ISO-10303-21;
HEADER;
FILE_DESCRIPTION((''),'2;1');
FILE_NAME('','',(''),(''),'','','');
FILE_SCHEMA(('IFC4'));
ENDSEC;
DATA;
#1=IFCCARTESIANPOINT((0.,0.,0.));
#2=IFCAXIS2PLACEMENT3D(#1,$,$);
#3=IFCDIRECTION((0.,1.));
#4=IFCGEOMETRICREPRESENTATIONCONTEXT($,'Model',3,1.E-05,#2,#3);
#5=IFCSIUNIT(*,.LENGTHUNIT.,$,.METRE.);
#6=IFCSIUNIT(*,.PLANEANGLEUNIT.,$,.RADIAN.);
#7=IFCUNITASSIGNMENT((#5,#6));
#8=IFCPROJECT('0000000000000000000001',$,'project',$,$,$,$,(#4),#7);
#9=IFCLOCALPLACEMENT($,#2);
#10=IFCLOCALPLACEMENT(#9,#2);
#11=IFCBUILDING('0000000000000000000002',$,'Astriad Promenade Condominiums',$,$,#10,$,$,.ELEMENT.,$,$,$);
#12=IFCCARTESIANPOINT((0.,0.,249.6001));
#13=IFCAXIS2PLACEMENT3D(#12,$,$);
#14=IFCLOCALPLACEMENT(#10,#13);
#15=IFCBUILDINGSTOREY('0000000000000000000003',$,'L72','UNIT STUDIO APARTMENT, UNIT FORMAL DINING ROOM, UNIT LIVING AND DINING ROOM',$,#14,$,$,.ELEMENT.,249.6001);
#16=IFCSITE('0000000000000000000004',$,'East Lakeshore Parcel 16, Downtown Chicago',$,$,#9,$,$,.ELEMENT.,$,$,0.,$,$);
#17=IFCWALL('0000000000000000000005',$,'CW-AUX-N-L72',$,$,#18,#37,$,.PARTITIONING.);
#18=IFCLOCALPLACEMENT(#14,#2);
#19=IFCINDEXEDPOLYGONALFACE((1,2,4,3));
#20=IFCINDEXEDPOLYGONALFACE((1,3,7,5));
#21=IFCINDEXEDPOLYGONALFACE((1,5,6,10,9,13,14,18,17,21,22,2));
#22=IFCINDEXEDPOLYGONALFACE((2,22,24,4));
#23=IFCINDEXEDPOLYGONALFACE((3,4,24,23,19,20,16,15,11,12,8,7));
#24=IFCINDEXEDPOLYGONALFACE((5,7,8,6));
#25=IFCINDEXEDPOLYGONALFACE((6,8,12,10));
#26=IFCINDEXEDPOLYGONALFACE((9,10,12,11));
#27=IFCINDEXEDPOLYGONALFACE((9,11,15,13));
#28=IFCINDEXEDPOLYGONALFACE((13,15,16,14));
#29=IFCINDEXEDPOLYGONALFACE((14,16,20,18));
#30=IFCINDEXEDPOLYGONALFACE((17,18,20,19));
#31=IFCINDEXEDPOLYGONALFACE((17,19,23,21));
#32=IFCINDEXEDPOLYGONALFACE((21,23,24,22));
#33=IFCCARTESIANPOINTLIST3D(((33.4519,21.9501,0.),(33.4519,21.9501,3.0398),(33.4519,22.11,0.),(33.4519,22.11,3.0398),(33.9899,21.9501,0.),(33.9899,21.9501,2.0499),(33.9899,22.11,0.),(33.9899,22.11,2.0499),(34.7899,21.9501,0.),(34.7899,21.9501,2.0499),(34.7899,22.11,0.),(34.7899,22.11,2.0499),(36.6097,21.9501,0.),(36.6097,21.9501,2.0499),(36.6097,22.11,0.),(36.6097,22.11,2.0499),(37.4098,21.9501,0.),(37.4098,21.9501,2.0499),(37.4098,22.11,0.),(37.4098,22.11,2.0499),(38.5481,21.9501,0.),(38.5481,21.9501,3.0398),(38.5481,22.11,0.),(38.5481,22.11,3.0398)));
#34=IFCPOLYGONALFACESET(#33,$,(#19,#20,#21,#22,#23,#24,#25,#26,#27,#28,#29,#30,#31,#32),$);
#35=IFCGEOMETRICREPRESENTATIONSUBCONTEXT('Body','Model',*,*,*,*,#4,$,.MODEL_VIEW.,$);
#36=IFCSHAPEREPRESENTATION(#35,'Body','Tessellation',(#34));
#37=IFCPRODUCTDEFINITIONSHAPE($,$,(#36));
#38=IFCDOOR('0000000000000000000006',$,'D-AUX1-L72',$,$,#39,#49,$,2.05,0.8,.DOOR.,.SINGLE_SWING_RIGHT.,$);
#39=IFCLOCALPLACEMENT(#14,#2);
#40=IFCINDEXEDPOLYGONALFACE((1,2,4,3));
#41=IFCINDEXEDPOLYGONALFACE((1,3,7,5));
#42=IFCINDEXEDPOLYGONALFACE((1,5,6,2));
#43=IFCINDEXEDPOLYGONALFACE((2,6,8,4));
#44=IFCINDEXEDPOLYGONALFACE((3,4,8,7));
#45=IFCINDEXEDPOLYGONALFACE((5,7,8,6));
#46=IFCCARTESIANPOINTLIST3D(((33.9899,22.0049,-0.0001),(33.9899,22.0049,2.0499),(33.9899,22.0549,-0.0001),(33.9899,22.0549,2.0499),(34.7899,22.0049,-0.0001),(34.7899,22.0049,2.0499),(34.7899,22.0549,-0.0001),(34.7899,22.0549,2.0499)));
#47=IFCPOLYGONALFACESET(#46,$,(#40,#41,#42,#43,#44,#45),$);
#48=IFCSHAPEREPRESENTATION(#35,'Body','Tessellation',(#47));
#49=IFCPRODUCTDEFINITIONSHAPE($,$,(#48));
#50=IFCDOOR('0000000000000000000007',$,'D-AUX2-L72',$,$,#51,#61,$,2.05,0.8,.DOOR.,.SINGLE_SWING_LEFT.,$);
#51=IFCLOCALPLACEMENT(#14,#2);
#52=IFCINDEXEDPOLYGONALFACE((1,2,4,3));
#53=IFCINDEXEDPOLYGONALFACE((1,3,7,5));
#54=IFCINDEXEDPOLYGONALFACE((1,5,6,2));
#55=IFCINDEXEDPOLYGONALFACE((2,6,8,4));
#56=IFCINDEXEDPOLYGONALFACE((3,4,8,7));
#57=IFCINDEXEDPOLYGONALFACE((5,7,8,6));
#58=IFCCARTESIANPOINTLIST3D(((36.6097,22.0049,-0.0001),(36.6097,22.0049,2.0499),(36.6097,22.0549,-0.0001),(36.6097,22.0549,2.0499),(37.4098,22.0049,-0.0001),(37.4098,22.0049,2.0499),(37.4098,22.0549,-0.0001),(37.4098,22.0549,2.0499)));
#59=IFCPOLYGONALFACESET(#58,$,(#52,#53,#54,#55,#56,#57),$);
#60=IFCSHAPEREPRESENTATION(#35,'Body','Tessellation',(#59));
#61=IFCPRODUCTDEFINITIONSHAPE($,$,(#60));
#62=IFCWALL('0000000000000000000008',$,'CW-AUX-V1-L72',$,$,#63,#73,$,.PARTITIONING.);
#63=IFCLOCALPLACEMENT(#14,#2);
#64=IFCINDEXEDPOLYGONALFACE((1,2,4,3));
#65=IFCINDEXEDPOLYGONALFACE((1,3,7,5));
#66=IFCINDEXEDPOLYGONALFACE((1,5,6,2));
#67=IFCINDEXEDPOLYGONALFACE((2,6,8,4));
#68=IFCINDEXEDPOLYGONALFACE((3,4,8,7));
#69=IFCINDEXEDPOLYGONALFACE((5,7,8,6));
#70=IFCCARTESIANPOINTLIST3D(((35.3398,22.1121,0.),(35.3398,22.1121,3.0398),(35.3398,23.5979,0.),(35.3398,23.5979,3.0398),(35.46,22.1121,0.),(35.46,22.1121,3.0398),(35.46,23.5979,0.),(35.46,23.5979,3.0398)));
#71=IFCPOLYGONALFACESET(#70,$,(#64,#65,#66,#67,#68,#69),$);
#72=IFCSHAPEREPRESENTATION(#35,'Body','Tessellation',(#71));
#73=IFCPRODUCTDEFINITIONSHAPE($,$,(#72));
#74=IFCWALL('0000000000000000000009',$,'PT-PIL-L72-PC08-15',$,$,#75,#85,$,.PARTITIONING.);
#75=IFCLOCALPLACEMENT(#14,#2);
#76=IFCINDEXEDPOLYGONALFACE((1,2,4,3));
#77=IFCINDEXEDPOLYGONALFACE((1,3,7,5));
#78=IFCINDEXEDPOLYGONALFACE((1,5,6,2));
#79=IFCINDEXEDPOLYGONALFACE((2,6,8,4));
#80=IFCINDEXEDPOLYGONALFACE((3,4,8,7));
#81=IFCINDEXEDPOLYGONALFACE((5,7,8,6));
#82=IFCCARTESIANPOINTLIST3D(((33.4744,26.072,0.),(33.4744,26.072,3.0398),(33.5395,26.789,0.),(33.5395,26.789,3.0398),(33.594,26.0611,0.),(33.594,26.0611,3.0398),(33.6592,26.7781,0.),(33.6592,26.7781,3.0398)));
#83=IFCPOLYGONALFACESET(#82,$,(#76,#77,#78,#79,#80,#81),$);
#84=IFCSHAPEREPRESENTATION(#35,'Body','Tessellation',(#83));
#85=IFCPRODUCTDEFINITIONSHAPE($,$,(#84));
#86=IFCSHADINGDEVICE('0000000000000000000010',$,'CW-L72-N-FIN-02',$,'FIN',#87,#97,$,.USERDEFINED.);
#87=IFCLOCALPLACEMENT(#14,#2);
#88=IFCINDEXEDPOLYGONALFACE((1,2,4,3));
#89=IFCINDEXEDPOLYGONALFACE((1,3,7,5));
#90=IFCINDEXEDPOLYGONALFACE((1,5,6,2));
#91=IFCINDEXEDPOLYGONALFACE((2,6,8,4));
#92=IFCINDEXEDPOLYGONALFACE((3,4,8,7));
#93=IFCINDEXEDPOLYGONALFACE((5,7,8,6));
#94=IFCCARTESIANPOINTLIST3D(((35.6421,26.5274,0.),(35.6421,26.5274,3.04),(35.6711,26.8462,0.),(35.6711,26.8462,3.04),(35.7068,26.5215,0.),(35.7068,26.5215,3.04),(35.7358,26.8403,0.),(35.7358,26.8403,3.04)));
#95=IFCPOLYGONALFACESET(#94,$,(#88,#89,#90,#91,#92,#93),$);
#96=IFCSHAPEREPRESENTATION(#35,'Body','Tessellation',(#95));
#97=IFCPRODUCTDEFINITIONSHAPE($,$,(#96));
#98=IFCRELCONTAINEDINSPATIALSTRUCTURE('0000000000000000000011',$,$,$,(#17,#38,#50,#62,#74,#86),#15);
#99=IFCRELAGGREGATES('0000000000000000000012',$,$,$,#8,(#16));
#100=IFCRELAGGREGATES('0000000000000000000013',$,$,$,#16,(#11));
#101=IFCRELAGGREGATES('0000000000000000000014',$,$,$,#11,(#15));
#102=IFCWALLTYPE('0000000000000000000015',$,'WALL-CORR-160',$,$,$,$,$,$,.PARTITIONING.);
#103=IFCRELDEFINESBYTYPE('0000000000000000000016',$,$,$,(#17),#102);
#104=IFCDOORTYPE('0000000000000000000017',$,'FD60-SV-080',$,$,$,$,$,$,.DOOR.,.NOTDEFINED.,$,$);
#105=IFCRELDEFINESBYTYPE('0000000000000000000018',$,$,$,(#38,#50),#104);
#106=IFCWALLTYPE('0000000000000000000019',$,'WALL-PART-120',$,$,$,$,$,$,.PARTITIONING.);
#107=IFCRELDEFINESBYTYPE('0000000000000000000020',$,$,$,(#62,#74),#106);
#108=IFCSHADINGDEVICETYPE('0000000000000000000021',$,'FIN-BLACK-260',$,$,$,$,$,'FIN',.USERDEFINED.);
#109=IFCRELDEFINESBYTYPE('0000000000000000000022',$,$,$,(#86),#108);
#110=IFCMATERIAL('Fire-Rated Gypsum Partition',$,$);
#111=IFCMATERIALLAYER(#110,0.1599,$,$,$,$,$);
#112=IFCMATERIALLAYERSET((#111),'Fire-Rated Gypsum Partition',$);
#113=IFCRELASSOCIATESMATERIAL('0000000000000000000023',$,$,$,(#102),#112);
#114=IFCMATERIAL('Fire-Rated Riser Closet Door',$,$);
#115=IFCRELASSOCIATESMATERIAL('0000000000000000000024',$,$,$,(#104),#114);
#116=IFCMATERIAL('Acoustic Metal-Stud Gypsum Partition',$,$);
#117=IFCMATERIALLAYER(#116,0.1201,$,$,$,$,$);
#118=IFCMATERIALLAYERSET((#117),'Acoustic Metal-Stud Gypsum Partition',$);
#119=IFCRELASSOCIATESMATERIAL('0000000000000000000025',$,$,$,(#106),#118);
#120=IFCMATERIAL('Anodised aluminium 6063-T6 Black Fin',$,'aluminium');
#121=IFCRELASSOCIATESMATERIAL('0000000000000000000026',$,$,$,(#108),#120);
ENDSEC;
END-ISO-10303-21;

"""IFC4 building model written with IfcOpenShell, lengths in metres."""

from ifc_helpers import new_model, si_unit, direction, frame, frame_2d, origin, origin_2d, place, context, subcontext, project, spatial, rectangle, extrude, source, transform, mapped, material, layer, layer_set, type_object, type_shapes, element, fill, save


model = new_model("IFC4")

# Units and contexts
model_context = context("Model", 3, precision=1e-05, world=origin(), true_north=direction((0.0, 1.0)))
body_context = subcontext(model_context, "Body", "Model", "MODEL_VIEW")
ifc_project = project(units=[si_unit("LENGTHUNIT", "METRE"), si_unit("PLANEANGLEUNIT", "RADIAN")], contexts=[model_context])

# Site, building, storey
site_placement = place(None, origin())
site = spatial("IfcSite", under=ifc_project, at=site_placement, Name="East Lakeshore Parcel 16, Downtown Chicago", CompositionType="ELEMENT", RefElevation=0.0)
building_placement = place(site_placement, origin())
building = spatial("IfcBuilding", under=site, at=building_placement, Name="Astriad Promenade Condominiums", CompositionType="ELEMENT")
storey_placement = place(building_placement, frame((0.0, 0.0, 249.6001)))
storey = spatial("IfcBuildingStorey", under=building, at=storey_placement, Name="L72", Description="UNIT STUDIO APARTMENT, UNIT FORMAL DINING ROOM, UNIT LIVING AND DINING ROOM", CompositionType="ELEMENT", Elevation=249.6001)

# Shared definitions
ifc_material_1 = material(Name="Fire-Rated Gypsum Partition")
ifc_layer_1 = layer(ifc_material_1, 0.1599)
ifc_layer_set_1 = layer_set([ifc_layer_1], Name="Fire-Rated Gypsum Partition")
wall_type_1 = type_object("IfcWallType", Name="WALL-CORR-160", PredefinedType="PARTITIONING", material=ifc_layer_set_1)

# Wall, openings, doors
wall_1_placement = place(storey_placement, frame((33.4519, 22.03, 0.0), z_axis=(0.0, 0.0, 1.0), x_axis=(1.0, 0.0, 0.0)))
wall_1 = element("IfcWall", 1, at=wall_1_placement, inside=storey, type_object=wall_type_1, Name="CW-AUX-N-L72", PredefinedType="PARTITIONING", context=body_context, shape_type="SweptSolid", body=[
    extrude(rectangle(XDim=5.0962, YDim=0.1599, at=frame_2d((2.5481, 0.0))), origin(), (0.0, 0.0, 1.0), 3.0398),
])
opening_1_placement = place(wall_1_placement, frame((0.5381, 0.0, 0.0)))
opening_1 = element("IfcOpeningElement", 2, at=opening_1_placement, cuts=wall_1, PredefinedType="OPENING", context=body_context, shape_type="SweptSolid", body=[
    extrude(rectangle(XDim=0.8, YDim=2.05, at=frame_2d((0.3999, 1.0249))), frame((0.0, 0.0898, 0.0), z_axis=(0.0, -1.0, 0.0), x_axis=(1.0, 0.0, 0.0)), (0.0, 0.0, 1.0), 0.1799),
])
opening_2_placement = place(wall_1_placement, frame((3.158, 0.0, 0.0)))
opening_2 = element("IfcOpeningElement", 3, at=opening_2_placement, cuts=wall_1, PredefinedType="OPENING", context=body_context, shape_type="SweptSolid", body=[
    extrude(rectangle(XDim=0.8, YDim=2.05, at=frame_2d((0.3999, 1.0249))), frame((0.0, 0.0898, 0.0), z_axis=(0.0, -1.0, 0.0), x_axis=(1.0, 0.0, 0.0)), (0.0, 0.0, 1.0), 0.1799),
])
ifc_material_2 = material(Name="Fire-Rated Riser Closet Door")
door_type = type_object("IfcDoorType", Name="FD60-SV-080", OperationType="NOTDEFINED", PredefinedType="DOOR", material=ifc_material_2)
shared_shape_1 = source(origin(), body_context, "Body", "SweptSolid", [
    extrude(rectangle(XDim=0.8, YDim=2.05, at=frame_2d((0.3999, 1.0249))), frame((0.0, 0.0249, 0.0), z_axis=(0.0, -1.0, 0.0), x_axis=(1.0, 0.0, 0.0)), (0.0, 0.0, 1.0), 0.05),
])
type_shapes(door_type, [shared_shape_1])
door_1_placement = place(opening_1_placement, origin())
door_1 = element("IfcDoor", 4, at=door_1_placement, inside=storey, type_object=door_type, Name="D-AUX1-L72", OperationType="SINGLE_SWING_RIGHT", OverallHeight=2.05, OverallWidth=0.8, PredefinedType="DOOR", context=body_context, shape_type="MappedRepresentation", body=[
    mapped(shared_shape_1, transform((0.0, 0.0, 0.0), scale=1.0)),
])
fill(opening_1, door_1)
door_2_placement = place(opening_2_placement, origin())
door_2 = element("IfcDoor", 5, at=door_2_placement, inside=storey, type_object=door_type, Name="D-AUX2-L72", OperationType="SINGLE_SWING_LEFT", OverallHeight=2.05, OverallWidth=0.8, PredefinedType="DOOR", context=body_context, shape_type="MappedRepresentation", body=[
    mapped(shared_shape_1, transform((0.0, 0.0, 0.0), scale=1.0)),
])
fill(opening_2, door_2)

# Walls
ifc_material_3 = material(Name="Acoustic Metal-Stud Gypsum Partition")
ifc_layer_2 = layer(ifc_material_3, 0.1201)
ifc_layer_set_2 = layer_set([ifc_layer_2], Name="Acoustic Metal-Stud Gypsum Partition")
wall_type_2 = type_object("IfcWallType", Name="WALL-PART-120", PredefinedType="PARTITIONING", material=ifc_layer_set_2)
wall_2_placement = place(storey_placement, frame((35.3999, 22.1121, 0.0), z_axis=(0.0, 0.0, 1.0), x_axis=(0.0, 1.0, 0.0)))
element("IfcWall", 6, at=wall_2_placement, inside=storey, type_object=wall_type_2, Name="CW-AUX-V1-L72", PredefinedType="PARTITIONING", context=body_context, shape_type="SweptSolid", body=[
    extrude(rectangle(XDim=1.4858, YDim=0.1201, at=frame_2d((0.7429, 0.0))), origin(), (0.0, 0.0, 1.0), 3.0398),
])
wall_3_placement = place(storey_placement, frame((33.5342, 26.0667, 0.0), z_axis=(0.0, 0.0, 1.0), x_axis=(0.090536, 0.995893, 0.0)))
element("IfcWall", 7, at=wall_3_placement, inside=storey, type_object=wall_type_2, Name="PT-PIL-L72-PC08-15", PredefinedType="PARTITIONING", context=body_context, shape_type="SweptSolid", body=[
    extrude(rectangle(XDim=0.72, YDim=0.1201, at=frame_2d((0.3599, 0.0))), origin(), (0.0, 0.0, 1.0), 3.0398),
])

# Shading device
ifc_material_4 = material(Name="Anodised aluminium 6063-T6 Black Fin", Category="aluminium")
shading_device_type = type_object("IfcShadingDeviceType", Name="FIN-BLACK-260", ElementType="FIN", PredefinedType="USERDEFINED", material=ifc_material_4)
shared_shape_2 = source(origin(), body_context, "Body", "SweptSolid", [
    extrude(rectangle(XDim=0.0649, YDim=0.3201, at=origin_2d()), origin(), (0.0, 0.0, 1.0), 3.04),
])
type_shapes(shading_device_type, [shared_shape_2])
shading_device_placement = place(storey_placement, frame((35.689, 26.6838, 0.0), z_axis=(0.0, 0.0, 1.0), x_axis=(0.995884, -0.090633, 0.0)))
element("IfcShadingDevice", 8, at=shading_device_placement, inside=storey, type_object=shading_device_type, Name="CW-L72-N-FIN-02", ObjectType="FIN", PredefinedType="USERDEFINED", context=body_context, shape_type="MappedRepresentation", body=[
    mapped(shared_shape_2, transform((0.0, 0.0, 0.0), scale=1.0)),
])

save(model, "model.ifc")
